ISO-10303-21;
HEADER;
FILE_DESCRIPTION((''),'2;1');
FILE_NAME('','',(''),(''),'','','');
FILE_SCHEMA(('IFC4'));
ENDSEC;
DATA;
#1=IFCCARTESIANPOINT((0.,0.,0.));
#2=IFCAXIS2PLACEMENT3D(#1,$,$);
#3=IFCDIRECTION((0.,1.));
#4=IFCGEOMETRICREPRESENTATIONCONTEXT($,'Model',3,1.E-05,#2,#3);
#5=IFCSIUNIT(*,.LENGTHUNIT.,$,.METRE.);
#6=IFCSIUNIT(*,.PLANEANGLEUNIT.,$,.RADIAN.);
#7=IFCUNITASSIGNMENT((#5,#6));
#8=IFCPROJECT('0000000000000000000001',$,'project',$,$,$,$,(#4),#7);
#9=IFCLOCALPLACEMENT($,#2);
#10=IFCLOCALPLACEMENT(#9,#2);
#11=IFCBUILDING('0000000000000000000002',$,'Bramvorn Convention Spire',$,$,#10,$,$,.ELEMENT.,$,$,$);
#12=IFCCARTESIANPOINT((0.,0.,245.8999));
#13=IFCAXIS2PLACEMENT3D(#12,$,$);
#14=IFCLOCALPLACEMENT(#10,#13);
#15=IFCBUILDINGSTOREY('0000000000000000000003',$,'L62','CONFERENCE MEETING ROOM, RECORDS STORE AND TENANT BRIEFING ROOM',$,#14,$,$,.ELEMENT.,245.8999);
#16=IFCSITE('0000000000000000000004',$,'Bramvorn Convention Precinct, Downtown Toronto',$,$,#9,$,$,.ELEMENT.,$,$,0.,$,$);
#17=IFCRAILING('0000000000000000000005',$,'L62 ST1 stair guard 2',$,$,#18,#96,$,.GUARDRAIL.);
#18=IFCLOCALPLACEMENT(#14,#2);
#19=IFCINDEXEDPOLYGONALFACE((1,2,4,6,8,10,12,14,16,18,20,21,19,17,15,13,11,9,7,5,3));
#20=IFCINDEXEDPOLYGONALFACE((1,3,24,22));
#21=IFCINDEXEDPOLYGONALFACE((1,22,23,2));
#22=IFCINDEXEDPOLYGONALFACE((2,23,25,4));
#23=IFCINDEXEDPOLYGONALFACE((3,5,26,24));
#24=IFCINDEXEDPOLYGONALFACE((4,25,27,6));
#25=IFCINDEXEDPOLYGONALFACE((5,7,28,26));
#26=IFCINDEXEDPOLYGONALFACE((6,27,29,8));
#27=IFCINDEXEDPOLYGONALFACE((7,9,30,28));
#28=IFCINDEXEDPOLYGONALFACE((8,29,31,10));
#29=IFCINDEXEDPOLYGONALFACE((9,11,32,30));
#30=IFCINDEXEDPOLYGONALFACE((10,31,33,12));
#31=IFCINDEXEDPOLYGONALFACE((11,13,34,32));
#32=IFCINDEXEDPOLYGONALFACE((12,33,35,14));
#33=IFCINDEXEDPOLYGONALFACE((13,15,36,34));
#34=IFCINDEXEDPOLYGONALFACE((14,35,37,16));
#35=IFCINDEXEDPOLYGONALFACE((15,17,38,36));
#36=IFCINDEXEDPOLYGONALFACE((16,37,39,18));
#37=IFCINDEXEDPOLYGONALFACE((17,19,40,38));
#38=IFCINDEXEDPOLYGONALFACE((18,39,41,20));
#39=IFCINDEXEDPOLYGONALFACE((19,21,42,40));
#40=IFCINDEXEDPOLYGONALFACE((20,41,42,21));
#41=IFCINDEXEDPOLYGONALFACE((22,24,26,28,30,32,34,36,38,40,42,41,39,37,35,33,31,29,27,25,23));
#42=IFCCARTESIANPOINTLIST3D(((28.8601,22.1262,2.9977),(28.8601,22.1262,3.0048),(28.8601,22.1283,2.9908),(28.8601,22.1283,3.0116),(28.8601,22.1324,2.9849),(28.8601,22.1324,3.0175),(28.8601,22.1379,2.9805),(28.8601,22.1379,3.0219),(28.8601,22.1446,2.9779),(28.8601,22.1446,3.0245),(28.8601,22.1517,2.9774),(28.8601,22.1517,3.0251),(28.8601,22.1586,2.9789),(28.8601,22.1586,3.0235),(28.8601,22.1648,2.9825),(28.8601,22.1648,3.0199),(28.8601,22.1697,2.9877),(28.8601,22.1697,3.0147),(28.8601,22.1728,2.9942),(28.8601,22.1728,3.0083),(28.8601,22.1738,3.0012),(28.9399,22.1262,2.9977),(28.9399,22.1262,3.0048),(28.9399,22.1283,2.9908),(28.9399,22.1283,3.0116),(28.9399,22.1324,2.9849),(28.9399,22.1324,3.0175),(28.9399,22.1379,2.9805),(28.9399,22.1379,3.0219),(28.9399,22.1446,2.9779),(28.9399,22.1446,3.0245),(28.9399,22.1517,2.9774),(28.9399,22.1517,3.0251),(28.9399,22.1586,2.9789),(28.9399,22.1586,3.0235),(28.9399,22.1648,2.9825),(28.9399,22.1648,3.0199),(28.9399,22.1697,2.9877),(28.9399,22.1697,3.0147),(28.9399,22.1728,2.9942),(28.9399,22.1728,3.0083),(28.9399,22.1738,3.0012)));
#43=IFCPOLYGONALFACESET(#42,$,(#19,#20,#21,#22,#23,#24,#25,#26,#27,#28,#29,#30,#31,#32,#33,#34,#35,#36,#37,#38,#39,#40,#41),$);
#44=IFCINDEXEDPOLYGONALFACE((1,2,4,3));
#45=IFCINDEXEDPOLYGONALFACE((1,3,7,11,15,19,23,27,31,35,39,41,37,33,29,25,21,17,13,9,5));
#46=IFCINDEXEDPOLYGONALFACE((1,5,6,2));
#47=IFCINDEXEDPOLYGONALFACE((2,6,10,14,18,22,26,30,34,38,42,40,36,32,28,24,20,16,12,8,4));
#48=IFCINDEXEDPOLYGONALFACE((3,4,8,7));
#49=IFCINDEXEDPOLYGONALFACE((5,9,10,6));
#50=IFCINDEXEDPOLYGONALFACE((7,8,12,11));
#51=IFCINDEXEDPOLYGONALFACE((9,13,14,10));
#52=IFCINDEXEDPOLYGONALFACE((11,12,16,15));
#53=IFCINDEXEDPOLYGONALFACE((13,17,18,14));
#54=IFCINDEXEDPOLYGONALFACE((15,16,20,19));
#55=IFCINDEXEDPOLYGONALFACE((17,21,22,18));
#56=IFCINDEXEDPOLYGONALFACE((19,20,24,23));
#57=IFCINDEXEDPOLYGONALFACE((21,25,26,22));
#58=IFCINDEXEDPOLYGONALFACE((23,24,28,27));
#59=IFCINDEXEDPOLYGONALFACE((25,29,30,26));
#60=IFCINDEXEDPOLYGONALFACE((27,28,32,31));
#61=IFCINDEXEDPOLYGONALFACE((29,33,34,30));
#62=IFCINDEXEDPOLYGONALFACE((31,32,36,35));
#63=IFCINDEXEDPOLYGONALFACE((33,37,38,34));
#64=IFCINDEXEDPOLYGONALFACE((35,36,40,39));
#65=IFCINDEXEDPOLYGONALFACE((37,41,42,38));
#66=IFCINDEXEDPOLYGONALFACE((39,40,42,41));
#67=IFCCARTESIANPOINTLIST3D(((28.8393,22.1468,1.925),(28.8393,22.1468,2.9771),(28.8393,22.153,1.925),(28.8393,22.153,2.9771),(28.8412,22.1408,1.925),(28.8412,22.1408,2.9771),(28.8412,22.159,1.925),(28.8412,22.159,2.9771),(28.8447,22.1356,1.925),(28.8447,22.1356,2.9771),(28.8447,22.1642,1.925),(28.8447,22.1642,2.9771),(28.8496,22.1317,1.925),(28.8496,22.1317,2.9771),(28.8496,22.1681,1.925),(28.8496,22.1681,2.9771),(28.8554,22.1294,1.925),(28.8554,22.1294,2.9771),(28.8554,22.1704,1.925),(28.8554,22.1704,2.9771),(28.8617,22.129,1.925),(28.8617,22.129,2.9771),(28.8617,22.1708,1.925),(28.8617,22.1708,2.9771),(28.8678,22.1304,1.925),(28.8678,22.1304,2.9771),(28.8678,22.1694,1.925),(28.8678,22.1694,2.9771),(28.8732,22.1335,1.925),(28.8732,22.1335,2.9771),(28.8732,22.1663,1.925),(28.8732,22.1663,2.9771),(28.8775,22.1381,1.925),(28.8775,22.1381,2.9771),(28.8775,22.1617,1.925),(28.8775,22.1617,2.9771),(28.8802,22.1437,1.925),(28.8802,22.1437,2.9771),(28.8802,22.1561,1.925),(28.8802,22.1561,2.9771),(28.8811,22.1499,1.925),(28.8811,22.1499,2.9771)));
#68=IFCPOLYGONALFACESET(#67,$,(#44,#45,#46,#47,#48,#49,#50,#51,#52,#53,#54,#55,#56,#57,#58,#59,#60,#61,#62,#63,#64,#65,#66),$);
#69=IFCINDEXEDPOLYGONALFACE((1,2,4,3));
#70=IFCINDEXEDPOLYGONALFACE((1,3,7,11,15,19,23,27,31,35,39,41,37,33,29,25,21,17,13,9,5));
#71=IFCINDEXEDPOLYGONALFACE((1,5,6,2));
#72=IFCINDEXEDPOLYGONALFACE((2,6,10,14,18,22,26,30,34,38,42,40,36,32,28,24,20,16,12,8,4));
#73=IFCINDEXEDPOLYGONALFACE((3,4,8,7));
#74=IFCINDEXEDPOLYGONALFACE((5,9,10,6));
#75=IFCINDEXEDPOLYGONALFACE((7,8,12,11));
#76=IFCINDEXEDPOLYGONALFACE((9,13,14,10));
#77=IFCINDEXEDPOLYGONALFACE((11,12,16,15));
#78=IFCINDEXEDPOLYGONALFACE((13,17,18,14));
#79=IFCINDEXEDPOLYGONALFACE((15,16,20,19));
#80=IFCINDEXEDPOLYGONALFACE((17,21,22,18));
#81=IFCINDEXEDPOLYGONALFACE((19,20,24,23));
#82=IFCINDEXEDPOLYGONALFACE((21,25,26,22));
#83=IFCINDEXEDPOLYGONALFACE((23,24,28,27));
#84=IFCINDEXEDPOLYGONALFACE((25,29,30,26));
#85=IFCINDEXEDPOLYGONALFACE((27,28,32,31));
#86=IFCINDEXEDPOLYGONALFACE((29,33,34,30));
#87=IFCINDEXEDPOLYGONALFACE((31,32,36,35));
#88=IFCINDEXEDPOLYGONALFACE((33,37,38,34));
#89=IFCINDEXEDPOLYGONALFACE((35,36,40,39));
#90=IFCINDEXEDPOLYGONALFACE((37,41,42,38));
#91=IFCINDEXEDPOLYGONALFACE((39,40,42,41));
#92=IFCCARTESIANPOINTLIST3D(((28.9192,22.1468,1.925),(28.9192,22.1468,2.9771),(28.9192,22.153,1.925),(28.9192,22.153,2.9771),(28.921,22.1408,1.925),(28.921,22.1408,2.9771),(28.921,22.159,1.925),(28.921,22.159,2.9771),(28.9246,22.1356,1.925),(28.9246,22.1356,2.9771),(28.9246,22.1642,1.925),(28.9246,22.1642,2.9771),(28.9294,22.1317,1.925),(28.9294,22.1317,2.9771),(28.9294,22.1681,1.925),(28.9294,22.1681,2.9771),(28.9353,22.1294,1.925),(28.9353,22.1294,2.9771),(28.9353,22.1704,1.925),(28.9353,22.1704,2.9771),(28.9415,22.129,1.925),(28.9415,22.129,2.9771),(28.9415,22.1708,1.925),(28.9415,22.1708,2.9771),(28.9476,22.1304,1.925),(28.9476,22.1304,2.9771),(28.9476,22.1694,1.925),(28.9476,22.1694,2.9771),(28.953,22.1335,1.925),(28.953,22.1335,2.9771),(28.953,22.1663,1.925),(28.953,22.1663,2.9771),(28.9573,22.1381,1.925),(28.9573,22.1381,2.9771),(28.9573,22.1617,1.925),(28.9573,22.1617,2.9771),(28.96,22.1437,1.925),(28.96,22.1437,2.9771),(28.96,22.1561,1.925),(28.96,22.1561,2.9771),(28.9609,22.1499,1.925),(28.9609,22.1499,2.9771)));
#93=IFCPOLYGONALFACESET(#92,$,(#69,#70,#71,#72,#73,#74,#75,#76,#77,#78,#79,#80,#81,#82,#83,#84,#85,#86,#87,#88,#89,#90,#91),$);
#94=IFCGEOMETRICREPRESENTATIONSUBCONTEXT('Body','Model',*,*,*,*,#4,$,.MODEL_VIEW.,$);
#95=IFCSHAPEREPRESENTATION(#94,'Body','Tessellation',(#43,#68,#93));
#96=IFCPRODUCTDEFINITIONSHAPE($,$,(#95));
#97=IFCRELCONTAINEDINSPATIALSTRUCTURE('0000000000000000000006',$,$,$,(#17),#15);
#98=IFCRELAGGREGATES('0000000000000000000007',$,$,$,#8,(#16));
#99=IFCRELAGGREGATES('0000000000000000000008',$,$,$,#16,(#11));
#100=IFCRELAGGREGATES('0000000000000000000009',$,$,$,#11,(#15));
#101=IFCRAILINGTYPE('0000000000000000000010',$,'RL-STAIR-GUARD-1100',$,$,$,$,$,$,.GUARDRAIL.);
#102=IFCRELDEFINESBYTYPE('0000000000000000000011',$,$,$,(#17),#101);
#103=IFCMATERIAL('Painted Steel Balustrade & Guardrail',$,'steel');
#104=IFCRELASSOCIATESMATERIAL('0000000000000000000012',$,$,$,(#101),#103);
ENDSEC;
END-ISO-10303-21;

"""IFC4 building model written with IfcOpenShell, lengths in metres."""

from ifc_helpers import new_model, si_unit, direction, frame, origin, origin_2d, place, context, subcontext, project, spatial, circle, extrude, material, type_object, element, save


model = new_model("IFC4")

# Units and contexts
model_context = context("Model", 3, precision=1e-05, world=origin(), true_north=direction((0.0, 1.0)))
body_context = subcontext(model_context, "Body", "Model", "MODEL_VIEW")
ifc_project = project(units=[si_unit("LENGTHUNIT", "METRE"), si_unit("PLANEANGLEUNIT", "RADIAN")], contexts=[model_context])

# Site, building, storey
site_placement = place(None, origin())
site = spatial("IfcSite", under=ifc_project, at=site_placement, Name="Bramvorn Convention Precinct, Downtown Toronto", CompositionType="ELEMENT", RefElevation=0.0)
building_placement = place(site_placement, origin())
building = spatial("IfcBuilding", under=site, at=building_placement, Name="Bramvorn Convention Spire", CompositionType="ELEMENT")
storey_placement = place(building_placement, frame((0.0, 0.0, 245.8999)))
storey = spatial("IfcBuildingStorey", under=building, at=storey_placement, Name="L62", Description="CONFERENCE MEETING ROOM, RECORDS STORE AND TENANT BRIEFING ROOM", CompositionType="ELEMENT", Elevation=245.8999)

# Railing
ifc_material_1 = material(Name="Painted Steel Balustrade & Guardrail", Category="steel")
railing_type_1 = type_object("IfcRailingType", Name="RL-STAIR-GUARD-1100", PredefinedType="GUARDRAIL", material=ifc_material_1)
railing_1_placement = place(storey_placement, frame((28.8601, 22.1499, 1.925)))
element("IfcRailing", 1, at=railing_1_placement, inside=storey, type_object=railing_type_1, Name="L62 ST1 stair guard 2", PredefinedType="GUARDRAIL", context=body_context, shape_type="SweptSolid", body=[
    extrude(circle(Radius=0.0239, at=origin_2d()), frame((0.0, 0.0, 1.0762), z_axis=(1.0, 0.0, 0.0), x_axis=(0.0, 1.0, 0.0)), (0.0, 0.0, 1.0), 0.0798),
    extrude(circle(Radius=0.021, at=origin_2d()), origin(), (0.0, 0.0, 1.0), 1.052),
    extrude(circle(Radius=0.021, at=origin_2d()), frame((0.0798, 0.0, 0.0)), (0.0, 0.0, 1.0), 1.052),
])

save(model, "model.ifc")
